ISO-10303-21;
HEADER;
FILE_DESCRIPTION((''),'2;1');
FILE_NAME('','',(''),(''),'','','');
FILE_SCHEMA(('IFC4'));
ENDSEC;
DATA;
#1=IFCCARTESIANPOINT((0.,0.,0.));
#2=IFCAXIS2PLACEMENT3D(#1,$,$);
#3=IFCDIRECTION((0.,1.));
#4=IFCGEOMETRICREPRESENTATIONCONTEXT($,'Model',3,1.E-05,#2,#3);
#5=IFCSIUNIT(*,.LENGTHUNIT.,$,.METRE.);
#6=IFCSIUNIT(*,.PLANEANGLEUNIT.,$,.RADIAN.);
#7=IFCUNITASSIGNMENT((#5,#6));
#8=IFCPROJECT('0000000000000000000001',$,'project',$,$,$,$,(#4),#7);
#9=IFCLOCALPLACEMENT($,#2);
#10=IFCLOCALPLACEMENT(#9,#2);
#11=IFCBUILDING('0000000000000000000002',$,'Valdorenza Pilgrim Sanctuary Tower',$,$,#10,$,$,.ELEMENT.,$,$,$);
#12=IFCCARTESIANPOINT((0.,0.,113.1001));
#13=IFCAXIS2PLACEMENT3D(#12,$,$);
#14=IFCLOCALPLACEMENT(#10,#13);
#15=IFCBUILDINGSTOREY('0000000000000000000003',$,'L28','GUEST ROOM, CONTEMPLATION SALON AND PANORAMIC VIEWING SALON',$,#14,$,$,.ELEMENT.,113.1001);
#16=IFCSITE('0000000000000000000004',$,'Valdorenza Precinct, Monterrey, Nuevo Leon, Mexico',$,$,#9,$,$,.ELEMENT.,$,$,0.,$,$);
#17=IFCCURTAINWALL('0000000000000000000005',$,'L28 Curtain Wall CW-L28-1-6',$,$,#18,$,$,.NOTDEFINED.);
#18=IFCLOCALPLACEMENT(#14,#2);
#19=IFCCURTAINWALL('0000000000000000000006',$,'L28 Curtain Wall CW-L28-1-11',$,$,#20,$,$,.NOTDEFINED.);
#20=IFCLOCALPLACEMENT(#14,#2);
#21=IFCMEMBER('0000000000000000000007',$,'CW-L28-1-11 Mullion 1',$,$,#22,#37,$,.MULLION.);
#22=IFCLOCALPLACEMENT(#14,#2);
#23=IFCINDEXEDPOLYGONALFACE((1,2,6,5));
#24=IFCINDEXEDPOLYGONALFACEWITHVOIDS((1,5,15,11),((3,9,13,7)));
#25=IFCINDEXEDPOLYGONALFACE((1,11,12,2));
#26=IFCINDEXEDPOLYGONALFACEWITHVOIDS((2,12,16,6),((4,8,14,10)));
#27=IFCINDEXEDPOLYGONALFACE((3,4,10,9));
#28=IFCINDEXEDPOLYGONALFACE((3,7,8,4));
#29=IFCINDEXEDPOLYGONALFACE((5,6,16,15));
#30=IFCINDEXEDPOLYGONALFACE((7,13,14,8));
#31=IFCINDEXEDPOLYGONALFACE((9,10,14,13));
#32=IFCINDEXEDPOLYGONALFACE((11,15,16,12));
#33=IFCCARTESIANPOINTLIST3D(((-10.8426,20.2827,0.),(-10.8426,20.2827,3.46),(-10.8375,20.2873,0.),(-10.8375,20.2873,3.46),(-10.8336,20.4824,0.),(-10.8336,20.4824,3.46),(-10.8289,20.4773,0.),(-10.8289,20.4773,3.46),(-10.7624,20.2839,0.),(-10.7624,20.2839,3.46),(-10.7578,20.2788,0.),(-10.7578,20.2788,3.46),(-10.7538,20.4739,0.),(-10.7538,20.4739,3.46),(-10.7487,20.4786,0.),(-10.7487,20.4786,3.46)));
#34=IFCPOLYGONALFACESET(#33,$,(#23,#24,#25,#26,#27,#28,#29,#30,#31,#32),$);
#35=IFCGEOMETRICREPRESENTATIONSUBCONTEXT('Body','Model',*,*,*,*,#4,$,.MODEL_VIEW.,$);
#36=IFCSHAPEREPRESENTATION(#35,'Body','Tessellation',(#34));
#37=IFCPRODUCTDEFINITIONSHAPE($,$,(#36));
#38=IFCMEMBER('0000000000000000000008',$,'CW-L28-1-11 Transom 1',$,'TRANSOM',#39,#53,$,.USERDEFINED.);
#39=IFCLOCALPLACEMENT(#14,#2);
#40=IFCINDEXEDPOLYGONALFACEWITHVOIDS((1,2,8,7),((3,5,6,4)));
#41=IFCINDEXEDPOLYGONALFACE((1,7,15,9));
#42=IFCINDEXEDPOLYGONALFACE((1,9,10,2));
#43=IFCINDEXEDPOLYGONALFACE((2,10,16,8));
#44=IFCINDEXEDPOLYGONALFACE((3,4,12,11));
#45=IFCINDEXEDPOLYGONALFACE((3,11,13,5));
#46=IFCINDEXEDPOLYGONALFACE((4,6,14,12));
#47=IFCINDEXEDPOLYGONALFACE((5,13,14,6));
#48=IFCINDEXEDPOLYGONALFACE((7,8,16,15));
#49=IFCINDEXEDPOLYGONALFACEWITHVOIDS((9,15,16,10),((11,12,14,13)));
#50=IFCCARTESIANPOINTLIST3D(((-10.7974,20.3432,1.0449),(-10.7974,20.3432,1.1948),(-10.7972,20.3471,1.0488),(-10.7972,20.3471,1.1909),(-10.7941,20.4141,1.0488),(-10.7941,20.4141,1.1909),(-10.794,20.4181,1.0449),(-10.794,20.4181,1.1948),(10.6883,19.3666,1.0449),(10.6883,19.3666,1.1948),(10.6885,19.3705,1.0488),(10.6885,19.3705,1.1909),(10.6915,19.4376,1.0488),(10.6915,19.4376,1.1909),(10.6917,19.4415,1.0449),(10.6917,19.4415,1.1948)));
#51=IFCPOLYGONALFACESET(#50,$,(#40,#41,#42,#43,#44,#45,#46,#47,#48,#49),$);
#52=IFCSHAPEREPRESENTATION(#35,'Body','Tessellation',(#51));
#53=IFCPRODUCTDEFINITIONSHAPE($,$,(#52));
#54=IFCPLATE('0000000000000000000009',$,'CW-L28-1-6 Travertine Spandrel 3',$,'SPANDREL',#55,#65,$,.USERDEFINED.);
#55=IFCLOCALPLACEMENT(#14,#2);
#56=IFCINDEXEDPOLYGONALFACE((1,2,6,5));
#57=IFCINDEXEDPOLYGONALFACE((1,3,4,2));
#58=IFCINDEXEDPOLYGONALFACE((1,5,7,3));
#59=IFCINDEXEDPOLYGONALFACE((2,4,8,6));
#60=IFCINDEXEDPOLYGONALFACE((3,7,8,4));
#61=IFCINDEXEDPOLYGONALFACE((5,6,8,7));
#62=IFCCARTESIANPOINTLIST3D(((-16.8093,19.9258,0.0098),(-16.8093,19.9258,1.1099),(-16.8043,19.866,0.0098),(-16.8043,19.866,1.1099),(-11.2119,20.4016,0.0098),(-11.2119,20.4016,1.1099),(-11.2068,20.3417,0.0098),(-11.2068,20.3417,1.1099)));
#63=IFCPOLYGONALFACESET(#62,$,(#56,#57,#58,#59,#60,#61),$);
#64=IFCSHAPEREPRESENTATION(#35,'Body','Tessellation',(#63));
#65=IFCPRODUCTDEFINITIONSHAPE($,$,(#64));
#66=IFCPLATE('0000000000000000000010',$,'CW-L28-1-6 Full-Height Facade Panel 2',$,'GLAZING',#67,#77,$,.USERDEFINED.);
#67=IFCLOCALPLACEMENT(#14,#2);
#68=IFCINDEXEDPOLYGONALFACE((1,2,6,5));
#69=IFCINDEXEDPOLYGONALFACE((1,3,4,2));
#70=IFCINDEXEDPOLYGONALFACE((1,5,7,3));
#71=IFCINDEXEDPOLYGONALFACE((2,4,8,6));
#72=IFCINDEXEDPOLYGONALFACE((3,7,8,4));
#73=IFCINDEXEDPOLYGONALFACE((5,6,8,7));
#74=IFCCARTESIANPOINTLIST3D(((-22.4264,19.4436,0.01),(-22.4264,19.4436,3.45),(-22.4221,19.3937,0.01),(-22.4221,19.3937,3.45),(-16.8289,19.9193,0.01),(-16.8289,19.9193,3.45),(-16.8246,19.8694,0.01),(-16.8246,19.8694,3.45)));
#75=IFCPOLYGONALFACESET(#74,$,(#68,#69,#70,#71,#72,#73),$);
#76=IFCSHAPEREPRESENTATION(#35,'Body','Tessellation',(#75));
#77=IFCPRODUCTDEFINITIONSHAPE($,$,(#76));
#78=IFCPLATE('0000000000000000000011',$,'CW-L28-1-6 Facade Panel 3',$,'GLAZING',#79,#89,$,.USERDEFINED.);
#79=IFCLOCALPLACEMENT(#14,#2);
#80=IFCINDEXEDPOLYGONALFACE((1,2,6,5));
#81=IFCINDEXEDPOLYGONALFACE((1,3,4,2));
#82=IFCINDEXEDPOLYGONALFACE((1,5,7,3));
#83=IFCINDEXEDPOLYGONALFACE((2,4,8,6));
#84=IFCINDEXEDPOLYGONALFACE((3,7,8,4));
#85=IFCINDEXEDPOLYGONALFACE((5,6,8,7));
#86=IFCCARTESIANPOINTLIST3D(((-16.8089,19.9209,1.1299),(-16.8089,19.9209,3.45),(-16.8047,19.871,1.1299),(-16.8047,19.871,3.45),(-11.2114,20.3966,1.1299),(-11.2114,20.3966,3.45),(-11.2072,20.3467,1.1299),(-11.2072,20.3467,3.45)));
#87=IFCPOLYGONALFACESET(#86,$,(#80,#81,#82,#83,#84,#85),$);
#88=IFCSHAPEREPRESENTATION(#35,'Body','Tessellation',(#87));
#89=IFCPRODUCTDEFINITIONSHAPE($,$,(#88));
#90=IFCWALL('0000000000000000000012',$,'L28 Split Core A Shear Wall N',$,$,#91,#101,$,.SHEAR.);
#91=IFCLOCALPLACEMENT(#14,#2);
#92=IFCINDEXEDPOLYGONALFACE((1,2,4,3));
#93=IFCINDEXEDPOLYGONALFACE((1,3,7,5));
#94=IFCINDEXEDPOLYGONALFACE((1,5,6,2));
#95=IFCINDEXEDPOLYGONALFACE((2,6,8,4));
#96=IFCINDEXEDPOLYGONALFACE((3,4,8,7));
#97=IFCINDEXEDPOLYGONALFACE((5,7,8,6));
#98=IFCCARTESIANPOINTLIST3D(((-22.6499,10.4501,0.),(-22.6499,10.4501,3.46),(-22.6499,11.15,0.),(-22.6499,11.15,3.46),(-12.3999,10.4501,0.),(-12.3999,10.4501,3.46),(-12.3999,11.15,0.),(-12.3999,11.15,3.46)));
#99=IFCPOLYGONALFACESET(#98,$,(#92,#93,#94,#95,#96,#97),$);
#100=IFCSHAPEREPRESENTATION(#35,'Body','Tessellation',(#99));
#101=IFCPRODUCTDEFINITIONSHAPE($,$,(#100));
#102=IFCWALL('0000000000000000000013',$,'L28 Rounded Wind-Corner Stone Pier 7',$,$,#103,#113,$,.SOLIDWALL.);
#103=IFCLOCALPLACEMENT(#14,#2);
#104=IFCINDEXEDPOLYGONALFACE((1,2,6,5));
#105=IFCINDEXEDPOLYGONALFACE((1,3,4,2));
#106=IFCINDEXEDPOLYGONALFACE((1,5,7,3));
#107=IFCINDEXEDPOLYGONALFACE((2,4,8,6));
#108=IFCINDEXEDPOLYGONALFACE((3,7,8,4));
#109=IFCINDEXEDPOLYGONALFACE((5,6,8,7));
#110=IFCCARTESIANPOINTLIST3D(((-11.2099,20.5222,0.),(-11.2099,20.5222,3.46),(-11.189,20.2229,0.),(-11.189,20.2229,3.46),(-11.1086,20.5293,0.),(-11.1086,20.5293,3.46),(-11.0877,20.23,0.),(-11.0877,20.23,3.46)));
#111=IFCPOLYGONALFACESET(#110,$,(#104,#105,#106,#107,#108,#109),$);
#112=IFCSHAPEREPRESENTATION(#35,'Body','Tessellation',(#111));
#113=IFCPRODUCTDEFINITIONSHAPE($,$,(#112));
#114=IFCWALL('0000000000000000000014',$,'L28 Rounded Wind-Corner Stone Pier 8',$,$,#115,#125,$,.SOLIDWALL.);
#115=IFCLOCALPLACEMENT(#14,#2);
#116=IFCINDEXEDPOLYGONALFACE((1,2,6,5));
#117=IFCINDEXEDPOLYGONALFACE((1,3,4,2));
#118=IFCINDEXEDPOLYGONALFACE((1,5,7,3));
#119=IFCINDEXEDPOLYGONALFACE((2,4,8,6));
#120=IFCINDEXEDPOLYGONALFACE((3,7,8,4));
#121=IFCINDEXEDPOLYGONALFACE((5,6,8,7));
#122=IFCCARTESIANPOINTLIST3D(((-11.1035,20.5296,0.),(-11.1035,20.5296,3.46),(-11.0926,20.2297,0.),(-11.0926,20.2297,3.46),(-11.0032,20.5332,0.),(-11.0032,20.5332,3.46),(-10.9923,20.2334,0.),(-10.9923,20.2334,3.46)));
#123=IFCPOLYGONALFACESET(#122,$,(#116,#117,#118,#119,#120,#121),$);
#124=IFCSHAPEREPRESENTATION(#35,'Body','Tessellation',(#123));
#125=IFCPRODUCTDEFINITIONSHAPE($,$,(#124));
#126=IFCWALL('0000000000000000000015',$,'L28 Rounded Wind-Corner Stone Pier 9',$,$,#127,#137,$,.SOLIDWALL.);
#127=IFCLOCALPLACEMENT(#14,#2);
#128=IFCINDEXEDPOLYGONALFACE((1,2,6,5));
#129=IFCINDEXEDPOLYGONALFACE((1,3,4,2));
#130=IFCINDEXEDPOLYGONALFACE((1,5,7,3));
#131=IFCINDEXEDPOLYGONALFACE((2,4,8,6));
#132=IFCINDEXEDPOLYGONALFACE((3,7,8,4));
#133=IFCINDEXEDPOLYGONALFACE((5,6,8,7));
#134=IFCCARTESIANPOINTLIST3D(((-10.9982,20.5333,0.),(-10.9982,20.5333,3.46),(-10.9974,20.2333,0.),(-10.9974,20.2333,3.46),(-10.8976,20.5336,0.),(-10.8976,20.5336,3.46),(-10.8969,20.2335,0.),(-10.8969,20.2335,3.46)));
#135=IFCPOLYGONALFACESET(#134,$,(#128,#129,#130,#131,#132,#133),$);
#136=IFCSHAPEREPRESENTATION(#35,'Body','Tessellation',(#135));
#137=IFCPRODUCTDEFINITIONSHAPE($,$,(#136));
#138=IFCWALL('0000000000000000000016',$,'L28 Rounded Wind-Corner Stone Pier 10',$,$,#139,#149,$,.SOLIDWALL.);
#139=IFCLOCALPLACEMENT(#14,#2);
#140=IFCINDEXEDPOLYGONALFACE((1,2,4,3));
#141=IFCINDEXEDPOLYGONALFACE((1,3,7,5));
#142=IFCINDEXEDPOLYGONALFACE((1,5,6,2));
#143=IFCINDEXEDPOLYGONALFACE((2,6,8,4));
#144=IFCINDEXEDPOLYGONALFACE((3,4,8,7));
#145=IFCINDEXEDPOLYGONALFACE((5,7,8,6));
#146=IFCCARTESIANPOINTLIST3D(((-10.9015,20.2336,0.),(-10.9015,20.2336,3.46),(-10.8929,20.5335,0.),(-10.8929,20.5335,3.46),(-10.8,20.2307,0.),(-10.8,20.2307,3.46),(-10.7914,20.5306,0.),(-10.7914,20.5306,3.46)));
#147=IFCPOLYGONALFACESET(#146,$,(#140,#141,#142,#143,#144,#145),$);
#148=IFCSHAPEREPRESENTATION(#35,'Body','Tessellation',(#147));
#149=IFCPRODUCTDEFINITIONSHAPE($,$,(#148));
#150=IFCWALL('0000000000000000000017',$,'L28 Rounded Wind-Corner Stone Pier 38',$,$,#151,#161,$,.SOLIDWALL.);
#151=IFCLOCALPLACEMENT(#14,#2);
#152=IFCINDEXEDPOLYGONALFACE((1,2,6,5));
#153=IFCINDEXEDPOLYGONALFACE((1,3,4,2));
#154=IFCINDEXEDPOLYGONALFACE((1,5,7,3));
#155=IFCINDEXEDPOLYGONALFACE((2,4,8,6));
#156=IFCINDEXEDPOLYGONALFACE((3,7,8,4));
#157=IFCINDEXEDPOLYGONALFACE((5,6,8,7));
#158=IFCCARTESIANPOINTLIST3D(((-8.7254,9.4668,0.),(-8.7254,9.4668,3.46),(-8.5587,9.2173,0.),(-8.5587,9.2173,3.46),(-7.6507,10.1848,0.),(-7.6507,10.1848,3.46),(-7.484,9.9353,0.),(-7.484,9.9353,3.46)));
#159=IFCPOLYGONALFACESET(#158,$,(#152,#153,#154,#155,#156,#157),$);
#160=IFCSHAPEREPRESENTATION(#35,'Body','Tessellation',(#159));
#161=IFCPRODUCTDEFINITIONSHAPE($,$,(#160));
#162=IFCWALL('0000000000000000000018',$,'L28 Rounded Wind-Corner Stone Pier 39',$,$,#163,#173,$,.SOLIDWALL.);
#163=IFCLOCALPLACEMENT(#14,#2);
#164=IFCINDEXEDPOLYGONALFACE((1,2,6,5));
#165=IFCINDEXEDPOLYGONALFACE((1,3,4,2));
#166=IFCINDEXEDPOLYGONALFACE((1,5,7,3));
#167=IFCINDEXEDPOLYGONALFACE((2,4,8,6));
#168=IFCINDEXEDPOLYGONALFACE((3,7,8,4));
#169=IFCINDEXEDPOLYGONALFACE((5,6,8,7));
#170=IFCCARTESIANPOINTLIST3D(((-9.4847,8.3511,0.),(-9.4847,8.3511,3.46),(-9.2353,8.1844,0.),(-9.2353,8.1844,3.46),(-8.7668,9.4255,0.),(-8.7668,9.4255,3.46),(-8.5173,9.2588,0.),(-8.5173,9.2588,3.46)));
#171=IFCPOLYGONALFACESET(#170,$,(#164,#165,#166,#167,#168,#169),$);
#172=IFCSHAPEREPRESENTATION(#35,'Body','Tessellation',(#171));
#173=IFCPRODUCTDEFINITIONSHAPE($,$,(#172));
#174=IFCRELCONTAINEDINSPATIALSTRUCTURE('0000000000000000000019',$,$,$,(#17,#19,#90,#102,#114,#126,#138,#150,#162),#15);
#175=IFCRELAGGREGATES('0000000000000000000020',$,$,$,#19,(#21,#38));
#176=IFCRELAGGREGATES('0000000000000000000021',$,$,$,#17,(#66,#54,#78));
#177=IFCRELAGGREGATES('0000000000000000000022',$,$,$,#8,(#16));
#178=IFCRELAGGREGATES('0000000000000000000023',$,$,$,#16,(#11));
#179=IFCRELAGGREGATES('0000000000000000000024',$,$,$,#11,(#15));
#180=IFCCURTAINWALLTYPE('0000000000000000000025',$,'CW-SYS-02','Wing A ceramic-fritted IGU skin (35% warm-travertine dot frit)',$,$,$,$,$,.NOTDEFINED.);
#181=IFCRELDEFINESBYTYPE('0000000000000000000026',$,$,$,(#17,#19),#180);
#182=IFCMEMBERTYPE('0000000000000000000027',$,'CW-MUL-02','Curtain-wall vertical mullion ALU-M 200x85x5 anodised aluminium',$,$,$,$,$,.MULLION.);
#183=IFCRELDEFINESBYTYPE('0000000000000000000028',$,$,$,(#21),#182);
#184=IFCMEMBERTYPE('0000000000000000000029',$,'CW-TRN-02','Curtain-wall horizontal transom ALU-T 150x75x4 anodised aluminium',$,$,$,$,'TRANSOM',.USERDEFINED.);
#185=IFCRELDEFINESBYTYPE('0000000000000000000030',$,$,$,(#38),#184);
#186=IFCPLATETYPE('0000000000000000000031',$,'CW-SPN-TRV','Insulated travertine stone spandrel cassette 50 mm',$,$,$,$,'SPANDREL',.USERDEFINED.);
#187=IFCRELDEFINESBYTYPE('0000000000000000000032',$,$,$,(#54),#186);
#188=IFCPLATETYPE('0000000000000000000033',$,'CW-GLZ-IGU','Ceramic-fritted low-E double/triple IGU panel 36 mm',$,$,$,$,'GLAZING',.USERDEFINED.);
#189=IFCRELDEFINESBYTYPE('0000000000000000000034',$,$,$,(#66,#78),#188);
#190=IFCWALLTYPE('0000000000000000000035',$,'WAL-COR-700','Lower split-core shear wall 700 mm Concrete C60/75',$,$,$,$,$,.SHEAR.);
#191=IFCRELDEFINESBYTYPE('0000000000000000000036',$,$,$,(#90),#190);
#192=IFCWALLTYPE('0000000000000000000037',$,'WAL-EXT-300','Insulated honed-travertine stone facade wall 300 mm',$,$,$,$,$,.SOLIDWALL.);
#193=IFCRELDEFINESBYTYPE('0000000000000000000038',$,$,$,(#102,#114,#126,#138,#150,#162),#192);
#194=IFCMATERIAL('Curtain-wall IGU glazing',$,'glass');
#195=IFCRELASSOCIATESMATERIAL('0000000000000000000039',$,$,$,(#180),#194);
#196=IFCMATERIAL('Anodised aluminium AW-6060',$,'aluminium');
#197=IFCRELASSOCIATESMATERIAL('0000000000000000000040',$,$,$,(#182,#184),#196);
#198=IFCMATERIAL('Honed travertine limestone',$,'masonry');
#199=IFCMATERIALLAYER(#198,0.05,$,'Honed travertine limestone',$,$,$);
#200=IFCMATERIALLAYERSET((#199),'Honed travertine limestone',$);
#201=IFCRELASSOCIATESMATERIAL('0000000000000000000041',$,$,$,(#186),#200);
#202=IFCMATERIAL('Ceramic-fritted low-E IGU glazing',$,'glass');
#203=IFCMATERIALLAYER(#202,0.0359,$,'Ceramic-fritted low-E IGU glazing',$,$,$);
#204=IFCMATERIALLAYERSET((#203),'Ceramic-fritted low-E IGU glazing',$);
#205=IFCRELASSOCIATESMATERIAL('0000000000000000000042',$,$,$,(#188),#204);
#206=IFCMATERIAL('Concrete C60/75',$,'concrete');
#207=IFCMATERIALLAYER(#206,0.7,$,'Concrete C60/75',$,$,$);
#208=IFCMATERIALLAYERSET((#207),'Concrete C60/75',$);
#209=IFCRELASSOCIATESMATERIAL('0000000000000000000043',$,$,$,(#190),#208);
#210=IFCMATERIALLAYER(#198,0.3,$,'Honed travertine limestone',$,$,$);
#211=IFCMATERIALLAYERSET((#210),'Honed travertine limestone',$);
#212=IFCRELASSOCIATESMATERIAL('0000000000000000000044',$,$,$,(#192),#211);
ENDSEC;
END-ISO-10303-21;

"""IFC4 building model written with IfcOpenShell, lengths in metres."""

from ifc_helpers import new_model, si_unit, direction, frame, frame_2d, origin, origin_2d, place, context, subcontext, project, spatial, rectangle, hollow_rectangle, extrude, source, transform, mapped, material, layer, layer_set, material_profile, profile_set, type_object, element, aggregate, save


model = new_model("IFC4")

# Units and contexts
model_context = context("Model", 3, precision=1e-05, world=origin(), true_north=direction((0.0, 1.0)))
body_context = subcontext(model_context, "Body", "Model", "MODEL_VIEW")
ifc_project = project(units=[si_unit("LENGTHUNIT", "METRE"), si_unit("PLANEANGLEUNIT", "RADIAN")], contexts=[model_context])

# Site, building, storey
site_placement = place(None, origin())
site = spatial("IfcSite", under=ifc_project, at=site_placement, Name="Valdorenza Precinct, Monterrey, Nuevo Leon, Mexico", CompositionType="ELEMENT", RefElevation=0.0)
building_placement = place(site_placement, origin())
building = spatial("IfcBuilding", under=site, at=building_placement, Name="Valdorenza Pilgrim Sanctuary Tower", CompositionType="ELEMENT")
storey_placement = place(building_placement, frame((0.0, 0.0, 113.1001)))
storey = spatial("IfcBuildingStorey", under=building, at=storey_placement, Name="L28", Description="GUEST ROOM, CONTEMPLATION SALON AND PANORAMIC VIEWING SALON", CompositionType="ELEMENT", Elevation=113.1001)

# Shared definitions
ifc_material_1 = material(Name="Concrete C60/75", Category="concrete")

# Curtain walls, members
ifc_material_2 = material(Name="Curtain-wall IGU glazing", Category="glass")
curtain_wall_type = type_object("IfcCurtainWallType", Name="CW-SYS-02", Description="Wing A ceramic-fritted IGU skin (35% warm-travertine dot frit)", PredefinedType="NOTDEFINED", material=ifc_material_2)
curtain_wall_1_placement = place(storey_placement, origin())
curtain_wall_1 = element("IfcCurtainWall", 1, at=curtain_wall_1_placement, inside=storey, type_object=curtain_wall_type, Name="L28 Curtain Wall CW-L28-1-6", PredefinedType="NOTDEFINED")
ifc_material_3 = material(Name="Anodised aluminium AW-6060", Category="aluminium")
ifc_material_profile_1 = material_profile(ifc_material_3, hollow_rectangle(XDim=0.085, YDim=0.2, WallThickness=0.0049, at=origin_2d()), Name="ALU-M 200x85x5")
ifc_profile_set_1 = profile_set([ifc_material_profile_1], Name="Anodised aluminium AW-6060")
member_type_1 = type_object("IfcMemberType", Name="CW-MUL-02", Description="Curtain-wall vertical mullion ALU-M 200x85x5 anodised aluminium", PredefinedType="MULLION", material=ifc_profile_set_1)
shared_shape_1 = source(origin(), body_context, "Body", "SweptSolid", [
    extrude(hollow_rectangle(XDim=0.085, YDim=0.2, WallThickness=0.0049, at=origin_2d()), origin(), (0.0, 0.0, 1.0), 3.46),
])
curtain_wall_2_placement = place(storey_placement, origin())
curtain_wall_2 = element("IfcCurtainWall", 2, at=curtain_wall_2_placement, inside=storey, type_object=curtain_wall_type, Name="L28 Curtain Wall CW-L28-1-11", PredefinedType="NOTDEFINED")
member_1_placement = place(storey_placement, frame((-10.7957, 20.3806, 0.0), z_axis=(0.0, 0.0, 1.0), x_axis=(0.998968, -0.045415, 0.0)))
member_1 = element("IfcMember", 3, at=member_1_placement, type_object=member_type_1, Name="CW-L28-1-11 Mullion 1", PredefinedType="MULLION", context=body_context, shape_type="MappedRepresentation", body=[
    mapped(shared_shape_1, transform((0.0, 0.0, 0.0), x_axis=(1.0, 0.0, 0.0), y_axis=(0.0, 1.0, 0.0), z_axis=(0.0, 0.0, 1.0), scale=1.0)),
])
ifc_material_profile_2 = material_profile(ifc_material_3, hollow_rectangle(XDim=0.075, YDim=0.1499, WallThickness=0.0039, at=origin_2d()), Name="ALU-T 150x75x4")
ifc_profile_set_2 = profile_set([ifc_material_profile_2], Name="Anodised aluminium AW-6060")
member_type_2 = type_object("IfcMemberType", Name="CW-TRN-02", Description="Curtain-wall horizontal transom ALU-T 150x75x4 anodised aluminium", ElementType="TRANSOM", PredefinedType="USERDEFINED", material=ifc_profile_set_2)
shared_shape_2 = source(origin(), body_context, "Body", "SweptSolid", [
    extrude(hollow_rectangle(XDim=0.075, YDim=0.1499, WallThickness=0.0039, at=origin_2d()), origin(), (0.0, 0.0, 1.0), 21.5078),
])
member_2_placement = place(storey_placement, frame((-10.7957, 20.3806, 1.1199), z_axis=(0.998969, -0.045405, 0.0), x_axis=(0.045405, 0.998969, 0.0)))
member_2 = element("IfcMember", 4, at=member_2_placement, type_object=member_type_2, Name="CW-L28-1-11 Transom 1", ObjectType="TRANSOM", PredefinedType="USERDEFINED", context=body_context, shape_type="MappedRepresentation", body=[
    mapped(shared_shape_2, transform((0.0, 0.0, 0.0), x_axis=(1.0, 0.0, 0.0), y_axis=(0.0, 1.0, 0.0), z_axis=(0.0, 0.0, 1.0), scale=1.0)),
])
aggregate(curtain_wall_2, [member_1, member_2])

# Plates
ifc_material_4 = material(Name="Honed travertine limestone", Category="masonry")
ifc_layer_1 = layer(ifc_material_4, 0.05, Name="Honed travertine limestone")
ifc_layer_set_1 = layer_set([ifc_layer_1], Name="Honed travertine limestone")
plate_type_1 = type_object("IfcPlateType", Name="CW-SPN-TRV", Description="Insulated travertine stone spandrel cassette 50 mm", ElementType="SPANDREL", PredefinedType="USERDEFINED", material=ifc_layer_set_1)
shared_shape_3 = source(origin(), body_context, "Body", "SweptSolid", [
    extrude(rectangle(XDim=5.6177, YDim=0.0601, at=origin_2d()), origin(), (0.0, 0.0, 1.0), 1.1001),
])
plate_1_placement = place(storey_placement, frame((-14.0081, 20.1338, 0.0098), z_axis=(0.0, 0.0, 1.0), x_axis=(0.996408, 0.084687, 0.0)))
plate_1 = element("IfcPlate", 5, at=plate_1_placement, type_object=plate_type_1, Name="CW-L28-1-6 Travertine Spandrel 3", ObjectType="SPANDREL", PredefinedType="USERDEFINED", context=body_context, shape_type="MappedRepresentation", body=[
    mapped(shared_shape_3, transform((0.0, 0.0, 0.0), x_axis=(1.0, 0.0, 0.0), y_axis=(0.0, 1.0, 0.0), z_axis=(0.0, 0.0, 1.0), scale=1.0)),
])
ifc_material_5 = material(Name="Ceramic-fritted low-E IGU glazing", Category="glass")
ifc_layer_2 = layer(ifc_material_5, 0.0359, Name="Ceramic-fritted low-E IGU glazing")
ifc_layer_set_2 = layer_set([ifc_layer_2], Name="Ceramic-fritted low-E IGU glazing")
plate_type_2 = type_object("IfcPlateType", Name="CW-GLZ-IGU", Description="Ceramic-fritted low-E double/triple IGU panel 36 mm", ElementType="GLAZING", PredefinedType="USERDEFINED", material=ifc_layer_set_2)
shared_shape_4 = source(origin(), body_context, "Body", "SweptSolid", [
    extrude(rectangle(XDim=5.6177, YDim=0.05, at=origin_2d()), origin(), (0.0, 0.0, 1.0), 3.4399),
])
plate_2_placement = place(storey_placement, frame((-19.6255, 19.6565, 0.01), z_axis=(0.0, 0.0, 1.0), x_axis=(0.996408, 0.084687, 0.0)))
plate_2 = element("IfcPlate", 6, at=plate_2_placement, type_object=plate_type_2, Name="CW-L28-1-6 Full-Height Facade Panel 2", ObjectType="GLAZING", PredefinedType="USERDEFINED", context=body_context, shape_type="MappedRepresentation", body=[
    mapped(shared_shape_4, transform((0.0, 0.0, 0.0), x_axis=(1.0, 0.0, 0.0), y_axis=(0.0, 1.0, 0.0), z_axis=(0.0, 0.0, 1.0), scale=1.0)),
])
shared_shape_5 = source(origin(), body_context, "Body", "SweptSolid", [
    extrude(rectangle(XDim=5.6177, YDim=0.05, at=origin_2d()), origin(), (0.0, 0.0, 1.0), 2.3201),
])
plate_3_placement = place(storey_placement, frame((-14.0081, 20.1338, 1.1299), z_axis=(0.0, 0.0, 1.0), x_axis=(0.996408, 0.084687, 0.0)))
plate_3 = element("IfcPlate", 7, at=plate_3_placement, type_object=plate_type_2, Name="CW-L28-1-6 Facade Panel 3", ObjectType="GLAZING", PredefinedType="USERDEFINED", context=body_context, shape_type="MappedRepresentation", body=[
    mapped(shared_shape_5, transform((0.0, 0.0, 0.0), x_axis=(1.0, 0.0, 0.0), y_axis=(0.0, 1.0, 0.0), z_axis=(0.0, 0.0, 1.0), scale=1.0)),
])
aggregate(curtain_wall_1, [plate_2, plate_1, plate_3])

# Walls
ifc_layer_3 = layer(ifc_material_1, 0.7, Name="Concrete C60/75")
ifc_layer_set_3 = layer_set([ifc_layer_3], Name="Concrete C60/75")
wall_type_1 = type_object("IfcWallType", Name="WAL-COR-700", Description="Lower split-core shear wall 700 mm Concrete C60/75", PredefinedType="SHEAR", material=ifc_layer_set_3)
wall_1_placement = place(storey_placement, frame((-22.6499, 10.8, 0.0), z_axis=(0.0, 0.0, 1.0), x_axis=(1.0, 0.0, 0.0)))
element("IfcWall", 8, at=wall_1_placement, inside=storey, type_object=wall_type_1, Name="L28 Split Core A Shear Wall N", PredefinedType="SHEAR", context=body_context, shape_type="SweptSolid", body=[
    extrude(rectangle(XDim=10.25, YDim=0.7, at=frame_2d((5.125, 0.0))), origin(), (0.0, 0.0, 1.0), 3.46),
])
ifc_layer_4 = layer(ifc_material_4, 0.3, Name="Honed travertine limestone")
ifc_layer_set_4 = layer_set([ifc_layer_4], Name="Honed travertine limestone")
wall_type_2 = type_object("IfcWallType", Name="WAL-EXT-300", Description="Insulated honed-travertine stone facade wall 300 mm", PredefinedType="SOLIDWALL", material=ifc_layer_set_4)
wall_2_placement = place(storey_placement, frame((-11.1995, 20.3726, 0.0), z_axis=(0.0, 0.0, 1.0), x_axis=(0.997567, 0.06971, 0.0)))
element("IfcWall", 9, at=wall_2_placement, inside=storey, type_object=wall_type_2, Name="L28 Rounded Wind-Corner Stone Pier 7", PredefinedType="SOLIDWALL", context=body_context, shape_type="SweptSolid", body=[
    extrude(rectangle(XDim=0.1016, YDim=0.3, at=frame_2d((0.0508, 0.0))), origin(), (0.0, 0.0, 1.0), 3.46),
])
wall_3_placement = place(storey_placement, frame((-11.0981, 20.3796, 0.0), z_axis=(0.0, 0.0, 1.0), x_axis=(0.999335, 0.036472, 0.0)))
element("IfcWall", 10, at=wall_3_placement, inside=storey, type_object=wall_type_2, Name="L28 Rounded Wind-Corner Stone Pier 8", PredefinedType="SOLIDWALL", context=body_context, shape_type="SweptSolid", body=[
    extrude(rectangle(XDim=0.1003, YDim=0.3, at=frame_2d((0.0503, 0.0))), origin(), (0.0, 0.0, 1.0), 3.46),
])
wall_4_placement = place(storey_placement, frame((-10.9978, 20.3833, 0.0), z_axis=(0.0, 0.0, 1.0), x_axis=(0.999997, 0.002427, 0.0)))
element("IfcWall", 11, at=wall_4_placement, inside=storey, type_object=wall_type_2, Name="L28 Rounded Wind-Corner Stone Pier 9", PredefinedType="SOLIDWALL", context=body_context, shape_type="SweptSolid", body=[
    extrude(rectangle(XDim=0.1006, YDim=0.3, at=frame_2d((0.0503, 0.0))), origin(), (0.0, 0.0, 1.0), 3.46),
])
wall_5_placement = place(storey_placement, frame((-10.8972, 20.3835, 0.0), z_axis=(0.0, 0.0, 1.0), x_axis=(0.999584, -0.028834, 0.0)))
element("IfcWall", 12, at=wall_5_placement, inside=storey, type_object=wall_type_2, Name="L28 Rounded Wind-Corner Stone Pier 10", PredefinedType="SOLIDWALL", context=body_context, shape_type="SweptSolid", body=[
    extrude(rectangle(XDim=0.1016, YDim=0.3, at=frame_2d((0.0508, 0.0))), origin(), (0.0, 0.0, 1.0), 3.46),
])
wall_6_placement = place(storey_placement, frame((-7.5674, 10.0601, 0.0), z_axis=(0.0, 0.0, 1.0), x_axis=(-0.831498, -0.555528, 0.0)))
element("IfcWall", 13, at=wall_6_placement, inside=storey, type_object=wall_type_2, Name="L28 Rounded Wind-Corner Stone Pier 38", PredefinedType="SOLIDWALL", context=body_context, shape_type="SweptSolid", body=[
    extrude(rectangle(XDim=1.2925, YDim=0.3, at=frame_2d((0.6462, 0.0))), origin(), (0.0, 0.0, 1.0), 3.46),
])
wall_7_placement = place(storey_placement, frame((-8.6421, 9.342, 0.0), z_axis=(0.0, 0.0, 1.0), x_axis=(-0.555615, -0.831439, 0.0)))
element("IfcWall", 14, at=wall_7_placement, inside=storey, type_object=wall_type_2, Name="L28 Rounded Wind-Corner Stone Pier 39", PredefinedType="SOLIDWALL", context=body_context, shape_type="SweptSolid", body=[
    extrude(rectangle(XDim=1.2922, YDim=0.3, at=frame_2d((0.646, 0.0))), origin(), (0.0, 0.0, 1.0), 3.46),
])

save(model, "model.ifc")
